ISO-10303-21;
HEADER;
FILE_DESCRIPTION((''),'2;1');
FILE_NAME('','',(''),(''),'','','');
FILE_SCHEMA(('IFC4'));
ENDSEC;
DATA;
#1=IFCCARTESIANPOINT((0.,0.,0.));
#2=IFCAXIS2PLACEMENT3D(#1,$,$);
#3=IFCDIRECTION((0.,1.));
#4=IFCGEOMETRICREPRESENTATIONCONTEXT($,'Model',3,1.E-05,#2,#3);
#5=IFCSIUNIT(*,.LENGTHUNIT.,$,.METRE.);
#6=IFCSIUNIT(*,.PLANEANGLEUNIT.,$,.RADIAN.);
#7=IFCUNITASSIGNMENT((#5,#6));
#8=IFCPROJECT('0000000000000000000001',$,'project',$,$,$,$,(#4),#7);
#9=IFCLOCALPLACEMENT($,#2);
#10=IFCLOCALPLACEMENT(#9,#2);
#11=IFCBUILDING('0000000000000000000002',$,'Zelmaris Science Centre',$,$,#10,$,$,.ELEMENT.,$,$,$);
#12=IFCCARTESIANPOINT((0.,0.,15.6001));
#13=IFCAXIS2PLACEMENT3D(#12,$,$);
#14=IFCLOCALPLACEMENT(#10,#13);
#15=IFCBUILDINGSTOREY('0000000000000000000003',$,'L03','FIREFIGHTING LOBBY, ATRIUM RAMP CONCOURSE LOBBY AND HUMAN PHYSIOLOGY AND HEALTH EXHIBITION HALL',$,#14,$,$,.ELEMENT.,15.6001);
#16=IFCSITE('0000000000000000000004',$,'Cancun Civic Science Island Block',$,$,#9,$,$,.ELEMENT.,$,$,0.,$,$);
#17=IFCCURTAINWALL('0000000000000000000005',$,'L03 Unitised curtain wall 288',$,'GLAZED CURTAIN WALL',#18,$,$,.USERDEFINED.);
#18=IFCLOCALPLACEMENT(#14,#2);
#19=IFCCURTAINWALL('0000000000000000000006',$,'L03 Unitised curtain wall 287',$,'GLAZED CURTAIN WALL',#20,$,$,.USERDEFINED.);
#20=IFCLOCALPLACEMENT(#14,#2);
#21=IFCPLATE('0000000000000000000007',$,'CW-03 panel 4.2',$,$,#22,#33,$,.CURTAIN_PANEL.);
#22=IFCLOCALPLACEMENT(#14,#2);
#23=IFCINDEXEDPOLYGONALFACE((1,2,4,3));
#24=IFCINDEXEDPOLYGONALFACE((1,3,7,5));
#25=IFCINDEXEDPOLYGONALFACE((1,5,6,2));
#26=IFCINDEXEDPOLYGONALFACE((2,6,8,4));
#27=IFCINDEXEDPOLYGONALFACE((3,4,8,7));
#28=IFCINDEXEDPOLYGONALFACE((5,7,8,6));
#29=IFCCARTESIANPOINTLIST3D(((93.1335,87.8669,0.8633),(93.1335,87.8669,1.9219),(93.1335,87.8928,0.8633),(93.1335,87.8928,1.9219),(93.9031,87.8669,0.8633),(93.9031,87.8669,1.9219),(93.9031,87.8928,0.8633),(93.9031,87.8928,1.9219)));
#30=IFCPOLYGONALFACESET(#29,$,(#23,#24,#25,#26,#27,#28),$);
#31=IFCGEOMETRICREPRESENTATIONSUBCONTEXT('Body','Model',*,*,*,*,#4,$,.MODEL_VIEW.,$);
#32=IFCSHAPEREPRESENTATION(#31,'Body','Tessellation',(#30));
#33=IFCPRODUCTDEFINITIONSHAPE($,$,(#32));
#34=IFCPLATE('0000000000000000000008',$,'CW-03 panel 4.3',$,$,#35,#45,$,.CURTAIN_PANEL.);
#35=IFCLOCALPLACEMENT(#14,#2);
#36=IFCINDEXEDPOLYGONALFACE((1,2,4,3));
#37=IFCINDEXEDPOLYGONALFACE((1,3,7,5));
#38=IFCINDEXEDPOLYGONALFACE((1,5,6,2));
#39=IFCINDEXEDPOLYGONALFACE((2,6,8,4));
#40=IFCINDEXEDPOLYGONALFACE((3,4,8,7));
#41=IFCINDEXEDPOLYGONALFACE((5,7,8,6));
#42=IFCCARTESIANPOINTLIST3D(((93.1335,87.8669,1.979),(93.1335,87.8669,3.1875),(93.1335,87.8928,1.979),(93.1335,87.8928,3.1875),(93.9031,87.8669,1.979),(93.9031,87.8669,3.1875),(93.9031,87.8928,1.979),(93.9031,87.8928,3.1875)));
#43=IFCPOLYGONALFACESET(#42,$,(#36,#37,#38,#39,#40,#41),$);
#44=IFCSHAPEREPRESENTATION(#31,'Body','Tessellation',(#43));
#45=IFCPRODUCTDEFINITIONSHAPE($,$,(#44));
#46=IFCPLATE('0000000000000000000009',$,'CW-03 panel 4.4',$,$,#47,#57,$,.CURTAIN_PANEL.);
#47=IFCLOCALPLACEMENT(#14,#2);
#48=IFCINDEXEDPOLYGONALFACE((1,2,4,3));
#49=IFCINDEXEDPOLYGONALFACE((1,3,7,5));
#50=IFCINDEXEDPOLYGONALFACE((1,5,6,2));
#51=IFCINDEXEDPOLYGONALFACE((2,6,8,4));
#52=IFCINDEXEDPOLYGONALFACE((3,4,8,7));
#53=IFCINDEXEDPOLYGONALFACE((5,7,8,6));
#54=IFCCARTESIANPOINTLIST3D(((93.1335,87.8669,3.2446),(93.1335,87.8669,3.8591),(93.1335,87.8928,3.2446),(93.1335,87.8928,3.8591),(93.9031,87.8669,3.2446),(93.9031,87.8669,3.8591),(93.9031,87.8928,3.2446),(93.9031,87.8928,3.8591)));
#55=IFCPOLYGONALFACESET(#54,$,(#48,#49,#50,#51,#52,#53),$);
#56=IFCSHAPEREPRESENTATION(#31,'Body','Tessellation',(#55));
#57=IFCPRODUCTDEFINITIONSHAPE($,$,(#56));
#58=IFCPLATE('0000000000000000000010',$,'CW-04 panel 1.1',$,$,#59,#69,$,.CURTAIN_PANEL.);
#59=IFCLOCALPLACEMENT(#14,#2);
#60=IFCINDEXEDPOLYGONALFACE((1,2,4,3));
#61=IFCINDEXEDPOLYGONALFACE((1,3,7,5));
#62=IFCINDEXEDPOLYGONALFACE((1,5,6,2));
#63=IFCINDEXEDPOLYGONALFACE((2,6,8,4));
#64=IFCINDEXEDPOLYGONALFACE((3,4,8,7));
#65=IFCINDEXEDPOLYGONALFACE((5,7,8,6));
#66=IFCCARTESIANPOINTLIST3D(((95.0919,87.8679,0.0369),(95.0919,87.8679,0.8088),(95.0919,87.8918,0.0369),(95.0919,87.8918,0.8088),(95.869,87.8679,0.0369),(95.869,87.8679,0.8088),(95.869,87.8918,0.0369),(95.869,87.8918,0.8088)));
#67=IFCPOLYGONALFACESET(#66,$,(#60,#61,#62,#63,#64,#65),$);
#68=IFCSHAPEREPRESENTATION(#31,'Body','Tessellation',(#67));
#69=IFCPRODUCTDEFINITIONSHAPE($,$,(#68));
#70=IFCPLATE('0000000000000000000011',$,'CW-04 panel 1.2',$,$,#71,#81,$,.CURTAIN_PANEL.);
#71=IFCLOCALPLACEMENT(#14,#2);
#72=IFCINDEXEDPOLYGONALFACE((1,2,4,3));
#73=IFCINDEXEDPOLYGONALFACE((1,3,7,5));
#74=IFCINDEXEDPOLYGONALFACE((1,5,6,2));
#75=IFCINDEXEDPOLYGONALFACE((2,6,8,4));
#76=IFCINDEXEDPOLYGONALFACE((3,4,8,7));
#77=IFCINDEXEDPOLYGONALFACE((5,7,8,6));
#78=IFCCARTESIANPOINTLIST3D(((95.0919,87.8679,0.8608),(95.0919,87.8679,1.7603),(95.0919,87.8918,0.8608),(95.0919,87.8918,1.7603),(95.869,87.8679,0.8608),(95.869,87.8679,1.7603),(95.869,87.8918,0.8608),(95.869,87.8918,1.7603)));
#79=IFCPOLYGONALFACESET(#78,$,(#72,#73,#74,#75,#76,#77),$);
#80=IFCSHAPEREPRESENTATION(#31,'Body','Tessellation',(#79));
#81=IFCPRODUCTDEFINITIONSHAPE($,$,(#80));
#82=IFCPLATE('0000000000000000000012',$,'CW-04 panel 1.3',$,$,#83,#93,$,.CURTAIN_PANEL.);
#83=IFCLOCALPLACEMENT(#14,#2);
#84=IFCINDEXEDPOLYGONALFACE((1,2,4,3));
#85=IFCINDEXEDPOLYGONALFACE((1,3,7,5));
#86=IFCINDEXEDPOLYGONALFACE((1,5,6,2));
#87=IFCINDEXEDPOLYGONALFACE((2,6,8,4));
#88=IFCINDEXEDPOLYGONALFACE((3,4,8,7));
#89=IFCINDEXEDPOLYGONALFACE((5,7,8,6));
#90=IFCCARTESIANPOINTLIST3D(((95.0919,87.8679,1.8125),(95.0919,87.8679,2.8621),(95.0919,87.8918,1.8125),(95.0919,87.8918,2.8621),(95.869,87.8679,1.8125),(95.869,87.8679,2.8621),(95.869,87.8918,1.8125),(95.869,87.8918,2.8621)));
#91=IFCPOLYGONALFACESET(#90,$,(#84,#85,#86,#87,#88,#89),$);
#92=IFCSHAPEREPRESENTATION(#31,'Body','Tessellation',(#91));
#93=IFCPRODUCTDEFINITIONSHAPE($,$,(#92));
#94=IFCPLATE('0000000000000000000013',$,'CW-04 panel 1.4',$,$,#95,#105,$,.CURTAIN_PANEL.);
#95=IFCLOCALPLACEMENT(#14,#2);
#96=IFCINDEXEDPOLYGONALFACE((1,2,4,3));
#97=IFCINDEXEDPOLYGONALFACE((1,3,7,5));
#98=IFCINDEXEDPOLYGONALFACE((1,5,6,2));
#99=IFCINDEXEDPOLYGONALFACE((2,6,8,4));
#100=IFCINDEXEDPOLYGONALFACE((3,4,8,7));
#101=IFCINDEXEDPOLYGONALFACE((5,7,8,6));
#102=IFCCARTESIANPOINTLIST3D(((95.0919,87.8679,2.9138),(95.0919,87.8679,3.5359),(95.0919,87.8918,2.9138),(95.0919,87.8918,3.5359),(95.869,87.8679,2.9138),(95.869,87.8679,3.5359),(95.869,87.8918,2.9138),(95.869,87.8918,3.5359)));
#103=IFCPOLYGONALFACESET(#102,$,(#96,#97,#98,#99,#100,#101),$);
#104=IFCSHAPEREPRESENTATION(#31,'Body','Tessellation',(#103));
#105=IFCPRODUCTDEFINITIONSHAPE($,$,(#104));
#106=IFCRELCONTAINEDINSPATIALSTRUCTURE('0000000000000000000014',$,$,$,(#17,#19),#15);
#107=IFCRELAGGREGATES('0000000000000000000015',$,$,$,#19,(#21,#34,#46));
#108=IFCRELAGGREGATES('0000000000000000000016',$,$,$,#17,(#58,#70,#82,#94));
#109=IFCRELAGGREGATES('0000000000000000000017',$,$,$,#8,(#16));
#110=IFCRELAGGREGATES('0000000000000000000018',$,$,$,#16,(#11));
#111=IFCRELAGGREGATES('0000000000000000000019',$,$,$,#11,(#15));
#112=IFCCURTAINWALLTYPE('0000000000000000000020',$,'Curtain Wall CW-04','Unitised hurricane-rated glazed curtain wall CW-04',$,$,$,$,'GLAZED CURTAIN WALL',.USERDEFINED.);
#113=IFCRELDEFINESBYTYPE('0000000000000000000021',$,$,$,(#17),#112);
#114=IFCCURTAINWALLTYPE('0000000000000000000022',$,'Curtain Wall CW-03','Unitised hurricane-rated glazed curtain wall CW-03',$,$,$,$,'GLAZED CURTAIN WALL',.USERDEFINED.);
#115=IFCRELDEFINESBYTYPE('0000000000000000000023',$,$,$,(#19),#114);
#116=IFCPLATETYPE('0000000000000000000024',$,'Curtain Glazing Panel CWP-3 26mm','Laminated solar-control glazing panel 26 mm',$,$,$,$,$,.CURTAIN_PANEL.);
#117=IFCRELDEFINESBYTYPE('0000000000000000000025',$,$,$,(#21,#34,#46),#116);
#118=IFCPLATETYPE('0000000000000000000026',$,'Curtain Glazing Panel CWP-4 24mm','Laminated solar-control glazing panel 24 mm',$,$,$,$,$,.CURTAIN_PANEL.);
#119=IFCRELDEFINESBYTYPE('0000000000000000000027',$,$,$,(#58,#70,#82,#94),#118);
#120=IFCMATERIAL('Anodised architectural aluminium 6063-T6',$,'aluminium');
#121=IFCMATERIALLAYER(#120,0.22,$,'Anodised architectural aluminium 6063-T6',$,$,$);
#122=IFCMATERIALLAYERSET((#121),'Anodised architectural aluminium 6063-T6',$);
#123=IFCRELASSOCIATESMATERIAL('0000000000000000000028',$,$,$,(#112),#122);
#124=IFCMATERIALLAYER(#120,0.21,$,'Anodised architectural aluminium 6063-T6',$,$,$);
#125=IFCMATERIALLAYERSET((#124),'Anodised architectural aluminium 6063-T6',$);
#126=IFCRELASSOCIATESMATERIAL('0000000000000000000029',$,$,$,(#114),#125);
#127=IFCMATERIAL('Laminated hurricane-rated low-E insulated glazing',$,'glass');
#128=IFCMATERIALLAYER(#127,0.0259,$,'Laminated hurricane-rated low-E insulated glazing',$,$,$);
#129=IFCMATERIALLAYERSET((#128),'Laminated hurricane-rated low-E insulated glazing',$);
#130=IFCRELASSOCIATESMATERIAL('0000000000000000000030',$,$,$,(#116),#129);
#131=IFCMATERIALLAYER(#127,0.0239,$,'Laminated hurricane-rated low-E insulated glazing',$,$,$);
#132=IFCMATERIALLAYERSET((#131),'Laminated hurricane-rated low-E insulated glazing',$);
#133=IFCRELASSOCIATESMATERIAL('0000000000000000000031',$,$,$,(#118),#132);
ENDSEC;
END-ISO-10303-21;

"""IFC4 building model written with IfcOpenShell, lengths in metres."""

from ifc_helpers import new_model, si_unit, direction, frame, origin, origin_2d, place, context, subcontext, project, spatial, rectangle, extrude, material, layer, layer_set, type_object, element, aggregate, save


model = new_model("IFC4")

# Units and contexts
model_context = context("Model", 3, precision=1e-05, world=origin(), true_north=direction((0.0, 1.0)))
body_context = subcontext(model_context, "Body", "Model", "MODEL_VIEW")
ifc_project = project(units=[si_unit("LENGTHUNIT", "METRE"), si_unit("PLANEANGLEUNIT", "RADIAN")], contexts=[model_context])

# Site, building, storey
site_placement = place(None, origin())
site = spatial("IfcSite", under=ifc_project, at=site_placement, Name="Cancun Civic Science Island Block", CompositionType="ELEMENT", RefElevation=0.0)
building_placement = place(site_placement, origin())
building = spatial("IfcBuilding", under=site, at=building_placement, Name="Zelmaris Science Centre", CompositionType="ELEMENT")
storey_placement = place(building_placement, frame((0.0, 0.0, 15.6001)))
storey = spatial("IfcBuildingStorey", under=building, at=storey_placement, Name="L03", Description="FIREFIGHTING LOBBY, ATRIUM RAMP CONCOURSE LOBBY AND HUMAN PHYSIOLOGY AND HEALTH EXHIBITION HALL", CompositionType="ELEMENT", Elevation=15.6001)

# Curtain walls
ifc_material_1 = material(Name="Anodised architectural aluminium 6063-T6", Category="aluminium")
ifc_layer_1 = layer(ifc_material_1, 0.22, Name="Anodised architectural aluminium 6063-T6")
ifc_layer_set_1 = layer_set([ifc_layer_1], Name="Anodised architectural aluminium 6063-T6")
curtain_wall_type_1 = type_object("IfcCurtainWallType", Name="Curtain Wall CW-04", Description="Unitised hurricane-rated glazed curtain wall CW-04", ElementType="GLAZED CURTAIN WALL", PredefinedType="USERDEFINED", material=ifc_layer_set_1)
curtain_wall_1_placement = place(storey_placement, origin())
curtain_wall_1 = element("IfcCurtainWall", 1, at=curtain_wall_1_placement, inside=storey, type_object=curtain_wall_type_1, Name="L03 Unitised curtain wall 288", ObjectType="GLAZED CURTAIN WALL", PredefinedType="USERDEFINED")
ifc_layer_2 = layer(ifc_material_1, 0.21, Name="Anodised architectural aluminium 6063-T6")
ifc_layer_set_2 = layer_set([ifc_layer_2], Name="Anodised architectural aluminium 6063-T6")
curtain_wall_type_2 = type_object("IfcCurtainWallType", Name="Curtain Wall CW-03", Description="Unitised hurricane-rated glazed curtain wall CW-03", ElementType="GLAZED CURTAIN WALL", PredefinedType="USERDEFINED", material=ifc_layer_set_2)
curtain_wall_2_placement = place(storey_placement, origin())
curtain_wall_2 = element("IfcCurtainWall", 2, at=curtain_wall_2_placement, inside=storey, type_object=curtain_wall_type_2, Name="L03 Unitised curtain wall 287", ObjectType="GLAZED CURTAIN WALL", PredefinedType="USERDEFINED")

# Plates
ifc_material_2 = material(Name="Laminated hurricane-rated low-E insulated glazing", Category="glass")
ifc_layer_3 = layer(ifc_material_2, 0.0259, Name="Laminated hurricane-rated low-E insulated glazing")
ifc_layer_set_3 = layer_set([ifc_layer_3], Name="Laminated hurricane-rated low-E insulated glazing")
plate_type_1 = type_object("IfcPlateType", Name="Curtain Glazing Panel CWP-3 26mm", Description="Laminated solar-control glazing panel 26 mm", PredefinedType="CURTAIN_PANEL", material=ifc_layer_set_3)
plate_1_placement = place(storey_placement, frame((93.5183, 87.8799, 0.8633), z_axis=(0.0, 0.0, 1.0), x_axis=(1.0, 0.0, 0.0)))
plate_1 = element("IfcPlate", 3, at=plate_1_placement, type_object=plate_type_1, Name="CW-03 panel 4.2", PredefinedType="CURTAIN_PANEL", context=body_context, shape_type="SweptSolid", body=[
    extrude(rectangle(XDim=0.7695, YDim=0.0259, at=origin_2d()), origin(), (0.0, 0.0, 1.0), 1.0586),
])
plate_2_placement = place(storey_placement, frame((93.5183, 87.8799, 1.979), z_axis=(0.0, 0.0, 1.0), x_axis=(1.0, 0.0, 0.0)))
plate_2 = element("IfcPlate", 4, at=plate_2_placement, type_object=plate_type_1, Name="CW-03 panel 4.3", PredefinedType="CURTAIN_PANEL", context=body_context, shape_type="SweptSolid", body=[
    extrude(rectangle(XDim=0.7695, YDim=0.0259, at=origin_2d()), origin(), (0.0, 0.0, 1.0), 1.2085),
])
plate_3_placement = place(storey_placement, frame((93.5183, 87.8799, 3.2446), z_axis=(0.0, 0.0, 1.0), x_axis=(1.0, 0.0, 0.0)))
plate_3 = element("IfcPlate", 5, at=plate_3_placement, type_object=plate_type_1, Name="CW-03 panel 4.4", PredefinedType="CURTAIN_PANEL", context=body_context, shape_type="SweptSolid", body=[
    extrude(rectangle(XDim=0.7695, YDim=0.0259, at=origin_2d()), origin(), (0.0, 0.0, 1.0), 0.6145),
])
aggregate(curtain_wall_2, [plate_1, plate_2, plate_3])
ifc_layer_4 = layer(ifc_material_2, 0.0239, Name="Laminated hurricane-rated low-E insulated glazing")
ifc_layer_set_4 = layer_set([ifc_layer_4], Name="Laminated hurricane-rated low-E insulated glazing")
plate_type_2 = type_object("IfcPlateType", Name="Curtain Glazing Panel CWP-4 24mm", Description="Laminated solar-control glazing panel 24 mm", PredefinedType="CURTAIN_PANEL", material=ifc_layer_set_4)
plate_4_placement = place(storey_placement, frame((95.4805, 87.8799, 0.0369), z_axis=(0.0, 0.0, 1.0), x_axis=(1.0, 0.0, 0.0)))
plate_4 = element("IfcPlate", 6, at=plate_4_placement, type_object=plate_type_2, Name="CW-04 panel 1.1", PredefinedType="CURTAIN_PANEL", context=body_context, shape_type="SweptSolid", body=[
    extrude(rectangle(XDim=0.7771, YDim=0.0239, at=origin_2d()), origin(), (0.0, 0.0, 1.0), 0.772),
])
plate_5_placement = place(storey_placement, frame((95.4805, 87.8799, 0.8608), z_axis=(0.0, 0.0, 1.0), x_axis=(1.0, 0.0, 0.0)))
plate_5 = element("IfcPlate", 7, at=plate_5_placement, type_object=plate_type_2, Name="CW-04 panel 1.2", PredefinedType="CURTAIN_PANEL", context=body_context, shape_type="SweptSolid", body=[
    extrude(rectangle(XDim=0.7771, YDim=0.0239, at=origin_2d()), origin(), (0.0, 0.0, 1.0), 0.8994),
])
plate_6_placement = place(storey_placement, frame((95.4805, 87.8799, 1.8125), z_axis=(0.0, 0.0, 1.0), x_axis=(1.0, 0.0, 0.0)))
plate_6 = element("IfcPlate", 8, at=plate_6_placement, type_object=plate_type_2, Name="CW-04 panel 1.3", PredefinedType="CURTAIN_PANEL", context=body_context, shape_type="SweptSolid", body=[
    extrude(rectangle(XDim=0.7771, YDim=0.0239, at=origin_2d()), origin(), (0.0, 0.0, 1.0), 1.0496),
])
plate_7_placement = place(storey_placement, frame((95.4805, 87.8799, 2.9138), z_axis=(0.0, 0.0, 1.0), x_axis=(1.0, 0.0, 0.0)))
plate_7 = element("IfcPlate", 9, at=plate_7_placement, type_object=plate_type_2, Name="CW-04 panel 1.4", PredefinedType="CURTAIN_PANEL", context=body_context, shape_type="SweptSolid", body=[
    extrude(rectangle(XDim=0.7771, YDim=0.0239, at=origin_2d()), origin(), (0.0, 0.0, 1.0), 0.6221),
])
aggregate(curtain_wall_1, [plate_4, plate_5, plate_6, plate_7])

save(model, "model.ifc")
